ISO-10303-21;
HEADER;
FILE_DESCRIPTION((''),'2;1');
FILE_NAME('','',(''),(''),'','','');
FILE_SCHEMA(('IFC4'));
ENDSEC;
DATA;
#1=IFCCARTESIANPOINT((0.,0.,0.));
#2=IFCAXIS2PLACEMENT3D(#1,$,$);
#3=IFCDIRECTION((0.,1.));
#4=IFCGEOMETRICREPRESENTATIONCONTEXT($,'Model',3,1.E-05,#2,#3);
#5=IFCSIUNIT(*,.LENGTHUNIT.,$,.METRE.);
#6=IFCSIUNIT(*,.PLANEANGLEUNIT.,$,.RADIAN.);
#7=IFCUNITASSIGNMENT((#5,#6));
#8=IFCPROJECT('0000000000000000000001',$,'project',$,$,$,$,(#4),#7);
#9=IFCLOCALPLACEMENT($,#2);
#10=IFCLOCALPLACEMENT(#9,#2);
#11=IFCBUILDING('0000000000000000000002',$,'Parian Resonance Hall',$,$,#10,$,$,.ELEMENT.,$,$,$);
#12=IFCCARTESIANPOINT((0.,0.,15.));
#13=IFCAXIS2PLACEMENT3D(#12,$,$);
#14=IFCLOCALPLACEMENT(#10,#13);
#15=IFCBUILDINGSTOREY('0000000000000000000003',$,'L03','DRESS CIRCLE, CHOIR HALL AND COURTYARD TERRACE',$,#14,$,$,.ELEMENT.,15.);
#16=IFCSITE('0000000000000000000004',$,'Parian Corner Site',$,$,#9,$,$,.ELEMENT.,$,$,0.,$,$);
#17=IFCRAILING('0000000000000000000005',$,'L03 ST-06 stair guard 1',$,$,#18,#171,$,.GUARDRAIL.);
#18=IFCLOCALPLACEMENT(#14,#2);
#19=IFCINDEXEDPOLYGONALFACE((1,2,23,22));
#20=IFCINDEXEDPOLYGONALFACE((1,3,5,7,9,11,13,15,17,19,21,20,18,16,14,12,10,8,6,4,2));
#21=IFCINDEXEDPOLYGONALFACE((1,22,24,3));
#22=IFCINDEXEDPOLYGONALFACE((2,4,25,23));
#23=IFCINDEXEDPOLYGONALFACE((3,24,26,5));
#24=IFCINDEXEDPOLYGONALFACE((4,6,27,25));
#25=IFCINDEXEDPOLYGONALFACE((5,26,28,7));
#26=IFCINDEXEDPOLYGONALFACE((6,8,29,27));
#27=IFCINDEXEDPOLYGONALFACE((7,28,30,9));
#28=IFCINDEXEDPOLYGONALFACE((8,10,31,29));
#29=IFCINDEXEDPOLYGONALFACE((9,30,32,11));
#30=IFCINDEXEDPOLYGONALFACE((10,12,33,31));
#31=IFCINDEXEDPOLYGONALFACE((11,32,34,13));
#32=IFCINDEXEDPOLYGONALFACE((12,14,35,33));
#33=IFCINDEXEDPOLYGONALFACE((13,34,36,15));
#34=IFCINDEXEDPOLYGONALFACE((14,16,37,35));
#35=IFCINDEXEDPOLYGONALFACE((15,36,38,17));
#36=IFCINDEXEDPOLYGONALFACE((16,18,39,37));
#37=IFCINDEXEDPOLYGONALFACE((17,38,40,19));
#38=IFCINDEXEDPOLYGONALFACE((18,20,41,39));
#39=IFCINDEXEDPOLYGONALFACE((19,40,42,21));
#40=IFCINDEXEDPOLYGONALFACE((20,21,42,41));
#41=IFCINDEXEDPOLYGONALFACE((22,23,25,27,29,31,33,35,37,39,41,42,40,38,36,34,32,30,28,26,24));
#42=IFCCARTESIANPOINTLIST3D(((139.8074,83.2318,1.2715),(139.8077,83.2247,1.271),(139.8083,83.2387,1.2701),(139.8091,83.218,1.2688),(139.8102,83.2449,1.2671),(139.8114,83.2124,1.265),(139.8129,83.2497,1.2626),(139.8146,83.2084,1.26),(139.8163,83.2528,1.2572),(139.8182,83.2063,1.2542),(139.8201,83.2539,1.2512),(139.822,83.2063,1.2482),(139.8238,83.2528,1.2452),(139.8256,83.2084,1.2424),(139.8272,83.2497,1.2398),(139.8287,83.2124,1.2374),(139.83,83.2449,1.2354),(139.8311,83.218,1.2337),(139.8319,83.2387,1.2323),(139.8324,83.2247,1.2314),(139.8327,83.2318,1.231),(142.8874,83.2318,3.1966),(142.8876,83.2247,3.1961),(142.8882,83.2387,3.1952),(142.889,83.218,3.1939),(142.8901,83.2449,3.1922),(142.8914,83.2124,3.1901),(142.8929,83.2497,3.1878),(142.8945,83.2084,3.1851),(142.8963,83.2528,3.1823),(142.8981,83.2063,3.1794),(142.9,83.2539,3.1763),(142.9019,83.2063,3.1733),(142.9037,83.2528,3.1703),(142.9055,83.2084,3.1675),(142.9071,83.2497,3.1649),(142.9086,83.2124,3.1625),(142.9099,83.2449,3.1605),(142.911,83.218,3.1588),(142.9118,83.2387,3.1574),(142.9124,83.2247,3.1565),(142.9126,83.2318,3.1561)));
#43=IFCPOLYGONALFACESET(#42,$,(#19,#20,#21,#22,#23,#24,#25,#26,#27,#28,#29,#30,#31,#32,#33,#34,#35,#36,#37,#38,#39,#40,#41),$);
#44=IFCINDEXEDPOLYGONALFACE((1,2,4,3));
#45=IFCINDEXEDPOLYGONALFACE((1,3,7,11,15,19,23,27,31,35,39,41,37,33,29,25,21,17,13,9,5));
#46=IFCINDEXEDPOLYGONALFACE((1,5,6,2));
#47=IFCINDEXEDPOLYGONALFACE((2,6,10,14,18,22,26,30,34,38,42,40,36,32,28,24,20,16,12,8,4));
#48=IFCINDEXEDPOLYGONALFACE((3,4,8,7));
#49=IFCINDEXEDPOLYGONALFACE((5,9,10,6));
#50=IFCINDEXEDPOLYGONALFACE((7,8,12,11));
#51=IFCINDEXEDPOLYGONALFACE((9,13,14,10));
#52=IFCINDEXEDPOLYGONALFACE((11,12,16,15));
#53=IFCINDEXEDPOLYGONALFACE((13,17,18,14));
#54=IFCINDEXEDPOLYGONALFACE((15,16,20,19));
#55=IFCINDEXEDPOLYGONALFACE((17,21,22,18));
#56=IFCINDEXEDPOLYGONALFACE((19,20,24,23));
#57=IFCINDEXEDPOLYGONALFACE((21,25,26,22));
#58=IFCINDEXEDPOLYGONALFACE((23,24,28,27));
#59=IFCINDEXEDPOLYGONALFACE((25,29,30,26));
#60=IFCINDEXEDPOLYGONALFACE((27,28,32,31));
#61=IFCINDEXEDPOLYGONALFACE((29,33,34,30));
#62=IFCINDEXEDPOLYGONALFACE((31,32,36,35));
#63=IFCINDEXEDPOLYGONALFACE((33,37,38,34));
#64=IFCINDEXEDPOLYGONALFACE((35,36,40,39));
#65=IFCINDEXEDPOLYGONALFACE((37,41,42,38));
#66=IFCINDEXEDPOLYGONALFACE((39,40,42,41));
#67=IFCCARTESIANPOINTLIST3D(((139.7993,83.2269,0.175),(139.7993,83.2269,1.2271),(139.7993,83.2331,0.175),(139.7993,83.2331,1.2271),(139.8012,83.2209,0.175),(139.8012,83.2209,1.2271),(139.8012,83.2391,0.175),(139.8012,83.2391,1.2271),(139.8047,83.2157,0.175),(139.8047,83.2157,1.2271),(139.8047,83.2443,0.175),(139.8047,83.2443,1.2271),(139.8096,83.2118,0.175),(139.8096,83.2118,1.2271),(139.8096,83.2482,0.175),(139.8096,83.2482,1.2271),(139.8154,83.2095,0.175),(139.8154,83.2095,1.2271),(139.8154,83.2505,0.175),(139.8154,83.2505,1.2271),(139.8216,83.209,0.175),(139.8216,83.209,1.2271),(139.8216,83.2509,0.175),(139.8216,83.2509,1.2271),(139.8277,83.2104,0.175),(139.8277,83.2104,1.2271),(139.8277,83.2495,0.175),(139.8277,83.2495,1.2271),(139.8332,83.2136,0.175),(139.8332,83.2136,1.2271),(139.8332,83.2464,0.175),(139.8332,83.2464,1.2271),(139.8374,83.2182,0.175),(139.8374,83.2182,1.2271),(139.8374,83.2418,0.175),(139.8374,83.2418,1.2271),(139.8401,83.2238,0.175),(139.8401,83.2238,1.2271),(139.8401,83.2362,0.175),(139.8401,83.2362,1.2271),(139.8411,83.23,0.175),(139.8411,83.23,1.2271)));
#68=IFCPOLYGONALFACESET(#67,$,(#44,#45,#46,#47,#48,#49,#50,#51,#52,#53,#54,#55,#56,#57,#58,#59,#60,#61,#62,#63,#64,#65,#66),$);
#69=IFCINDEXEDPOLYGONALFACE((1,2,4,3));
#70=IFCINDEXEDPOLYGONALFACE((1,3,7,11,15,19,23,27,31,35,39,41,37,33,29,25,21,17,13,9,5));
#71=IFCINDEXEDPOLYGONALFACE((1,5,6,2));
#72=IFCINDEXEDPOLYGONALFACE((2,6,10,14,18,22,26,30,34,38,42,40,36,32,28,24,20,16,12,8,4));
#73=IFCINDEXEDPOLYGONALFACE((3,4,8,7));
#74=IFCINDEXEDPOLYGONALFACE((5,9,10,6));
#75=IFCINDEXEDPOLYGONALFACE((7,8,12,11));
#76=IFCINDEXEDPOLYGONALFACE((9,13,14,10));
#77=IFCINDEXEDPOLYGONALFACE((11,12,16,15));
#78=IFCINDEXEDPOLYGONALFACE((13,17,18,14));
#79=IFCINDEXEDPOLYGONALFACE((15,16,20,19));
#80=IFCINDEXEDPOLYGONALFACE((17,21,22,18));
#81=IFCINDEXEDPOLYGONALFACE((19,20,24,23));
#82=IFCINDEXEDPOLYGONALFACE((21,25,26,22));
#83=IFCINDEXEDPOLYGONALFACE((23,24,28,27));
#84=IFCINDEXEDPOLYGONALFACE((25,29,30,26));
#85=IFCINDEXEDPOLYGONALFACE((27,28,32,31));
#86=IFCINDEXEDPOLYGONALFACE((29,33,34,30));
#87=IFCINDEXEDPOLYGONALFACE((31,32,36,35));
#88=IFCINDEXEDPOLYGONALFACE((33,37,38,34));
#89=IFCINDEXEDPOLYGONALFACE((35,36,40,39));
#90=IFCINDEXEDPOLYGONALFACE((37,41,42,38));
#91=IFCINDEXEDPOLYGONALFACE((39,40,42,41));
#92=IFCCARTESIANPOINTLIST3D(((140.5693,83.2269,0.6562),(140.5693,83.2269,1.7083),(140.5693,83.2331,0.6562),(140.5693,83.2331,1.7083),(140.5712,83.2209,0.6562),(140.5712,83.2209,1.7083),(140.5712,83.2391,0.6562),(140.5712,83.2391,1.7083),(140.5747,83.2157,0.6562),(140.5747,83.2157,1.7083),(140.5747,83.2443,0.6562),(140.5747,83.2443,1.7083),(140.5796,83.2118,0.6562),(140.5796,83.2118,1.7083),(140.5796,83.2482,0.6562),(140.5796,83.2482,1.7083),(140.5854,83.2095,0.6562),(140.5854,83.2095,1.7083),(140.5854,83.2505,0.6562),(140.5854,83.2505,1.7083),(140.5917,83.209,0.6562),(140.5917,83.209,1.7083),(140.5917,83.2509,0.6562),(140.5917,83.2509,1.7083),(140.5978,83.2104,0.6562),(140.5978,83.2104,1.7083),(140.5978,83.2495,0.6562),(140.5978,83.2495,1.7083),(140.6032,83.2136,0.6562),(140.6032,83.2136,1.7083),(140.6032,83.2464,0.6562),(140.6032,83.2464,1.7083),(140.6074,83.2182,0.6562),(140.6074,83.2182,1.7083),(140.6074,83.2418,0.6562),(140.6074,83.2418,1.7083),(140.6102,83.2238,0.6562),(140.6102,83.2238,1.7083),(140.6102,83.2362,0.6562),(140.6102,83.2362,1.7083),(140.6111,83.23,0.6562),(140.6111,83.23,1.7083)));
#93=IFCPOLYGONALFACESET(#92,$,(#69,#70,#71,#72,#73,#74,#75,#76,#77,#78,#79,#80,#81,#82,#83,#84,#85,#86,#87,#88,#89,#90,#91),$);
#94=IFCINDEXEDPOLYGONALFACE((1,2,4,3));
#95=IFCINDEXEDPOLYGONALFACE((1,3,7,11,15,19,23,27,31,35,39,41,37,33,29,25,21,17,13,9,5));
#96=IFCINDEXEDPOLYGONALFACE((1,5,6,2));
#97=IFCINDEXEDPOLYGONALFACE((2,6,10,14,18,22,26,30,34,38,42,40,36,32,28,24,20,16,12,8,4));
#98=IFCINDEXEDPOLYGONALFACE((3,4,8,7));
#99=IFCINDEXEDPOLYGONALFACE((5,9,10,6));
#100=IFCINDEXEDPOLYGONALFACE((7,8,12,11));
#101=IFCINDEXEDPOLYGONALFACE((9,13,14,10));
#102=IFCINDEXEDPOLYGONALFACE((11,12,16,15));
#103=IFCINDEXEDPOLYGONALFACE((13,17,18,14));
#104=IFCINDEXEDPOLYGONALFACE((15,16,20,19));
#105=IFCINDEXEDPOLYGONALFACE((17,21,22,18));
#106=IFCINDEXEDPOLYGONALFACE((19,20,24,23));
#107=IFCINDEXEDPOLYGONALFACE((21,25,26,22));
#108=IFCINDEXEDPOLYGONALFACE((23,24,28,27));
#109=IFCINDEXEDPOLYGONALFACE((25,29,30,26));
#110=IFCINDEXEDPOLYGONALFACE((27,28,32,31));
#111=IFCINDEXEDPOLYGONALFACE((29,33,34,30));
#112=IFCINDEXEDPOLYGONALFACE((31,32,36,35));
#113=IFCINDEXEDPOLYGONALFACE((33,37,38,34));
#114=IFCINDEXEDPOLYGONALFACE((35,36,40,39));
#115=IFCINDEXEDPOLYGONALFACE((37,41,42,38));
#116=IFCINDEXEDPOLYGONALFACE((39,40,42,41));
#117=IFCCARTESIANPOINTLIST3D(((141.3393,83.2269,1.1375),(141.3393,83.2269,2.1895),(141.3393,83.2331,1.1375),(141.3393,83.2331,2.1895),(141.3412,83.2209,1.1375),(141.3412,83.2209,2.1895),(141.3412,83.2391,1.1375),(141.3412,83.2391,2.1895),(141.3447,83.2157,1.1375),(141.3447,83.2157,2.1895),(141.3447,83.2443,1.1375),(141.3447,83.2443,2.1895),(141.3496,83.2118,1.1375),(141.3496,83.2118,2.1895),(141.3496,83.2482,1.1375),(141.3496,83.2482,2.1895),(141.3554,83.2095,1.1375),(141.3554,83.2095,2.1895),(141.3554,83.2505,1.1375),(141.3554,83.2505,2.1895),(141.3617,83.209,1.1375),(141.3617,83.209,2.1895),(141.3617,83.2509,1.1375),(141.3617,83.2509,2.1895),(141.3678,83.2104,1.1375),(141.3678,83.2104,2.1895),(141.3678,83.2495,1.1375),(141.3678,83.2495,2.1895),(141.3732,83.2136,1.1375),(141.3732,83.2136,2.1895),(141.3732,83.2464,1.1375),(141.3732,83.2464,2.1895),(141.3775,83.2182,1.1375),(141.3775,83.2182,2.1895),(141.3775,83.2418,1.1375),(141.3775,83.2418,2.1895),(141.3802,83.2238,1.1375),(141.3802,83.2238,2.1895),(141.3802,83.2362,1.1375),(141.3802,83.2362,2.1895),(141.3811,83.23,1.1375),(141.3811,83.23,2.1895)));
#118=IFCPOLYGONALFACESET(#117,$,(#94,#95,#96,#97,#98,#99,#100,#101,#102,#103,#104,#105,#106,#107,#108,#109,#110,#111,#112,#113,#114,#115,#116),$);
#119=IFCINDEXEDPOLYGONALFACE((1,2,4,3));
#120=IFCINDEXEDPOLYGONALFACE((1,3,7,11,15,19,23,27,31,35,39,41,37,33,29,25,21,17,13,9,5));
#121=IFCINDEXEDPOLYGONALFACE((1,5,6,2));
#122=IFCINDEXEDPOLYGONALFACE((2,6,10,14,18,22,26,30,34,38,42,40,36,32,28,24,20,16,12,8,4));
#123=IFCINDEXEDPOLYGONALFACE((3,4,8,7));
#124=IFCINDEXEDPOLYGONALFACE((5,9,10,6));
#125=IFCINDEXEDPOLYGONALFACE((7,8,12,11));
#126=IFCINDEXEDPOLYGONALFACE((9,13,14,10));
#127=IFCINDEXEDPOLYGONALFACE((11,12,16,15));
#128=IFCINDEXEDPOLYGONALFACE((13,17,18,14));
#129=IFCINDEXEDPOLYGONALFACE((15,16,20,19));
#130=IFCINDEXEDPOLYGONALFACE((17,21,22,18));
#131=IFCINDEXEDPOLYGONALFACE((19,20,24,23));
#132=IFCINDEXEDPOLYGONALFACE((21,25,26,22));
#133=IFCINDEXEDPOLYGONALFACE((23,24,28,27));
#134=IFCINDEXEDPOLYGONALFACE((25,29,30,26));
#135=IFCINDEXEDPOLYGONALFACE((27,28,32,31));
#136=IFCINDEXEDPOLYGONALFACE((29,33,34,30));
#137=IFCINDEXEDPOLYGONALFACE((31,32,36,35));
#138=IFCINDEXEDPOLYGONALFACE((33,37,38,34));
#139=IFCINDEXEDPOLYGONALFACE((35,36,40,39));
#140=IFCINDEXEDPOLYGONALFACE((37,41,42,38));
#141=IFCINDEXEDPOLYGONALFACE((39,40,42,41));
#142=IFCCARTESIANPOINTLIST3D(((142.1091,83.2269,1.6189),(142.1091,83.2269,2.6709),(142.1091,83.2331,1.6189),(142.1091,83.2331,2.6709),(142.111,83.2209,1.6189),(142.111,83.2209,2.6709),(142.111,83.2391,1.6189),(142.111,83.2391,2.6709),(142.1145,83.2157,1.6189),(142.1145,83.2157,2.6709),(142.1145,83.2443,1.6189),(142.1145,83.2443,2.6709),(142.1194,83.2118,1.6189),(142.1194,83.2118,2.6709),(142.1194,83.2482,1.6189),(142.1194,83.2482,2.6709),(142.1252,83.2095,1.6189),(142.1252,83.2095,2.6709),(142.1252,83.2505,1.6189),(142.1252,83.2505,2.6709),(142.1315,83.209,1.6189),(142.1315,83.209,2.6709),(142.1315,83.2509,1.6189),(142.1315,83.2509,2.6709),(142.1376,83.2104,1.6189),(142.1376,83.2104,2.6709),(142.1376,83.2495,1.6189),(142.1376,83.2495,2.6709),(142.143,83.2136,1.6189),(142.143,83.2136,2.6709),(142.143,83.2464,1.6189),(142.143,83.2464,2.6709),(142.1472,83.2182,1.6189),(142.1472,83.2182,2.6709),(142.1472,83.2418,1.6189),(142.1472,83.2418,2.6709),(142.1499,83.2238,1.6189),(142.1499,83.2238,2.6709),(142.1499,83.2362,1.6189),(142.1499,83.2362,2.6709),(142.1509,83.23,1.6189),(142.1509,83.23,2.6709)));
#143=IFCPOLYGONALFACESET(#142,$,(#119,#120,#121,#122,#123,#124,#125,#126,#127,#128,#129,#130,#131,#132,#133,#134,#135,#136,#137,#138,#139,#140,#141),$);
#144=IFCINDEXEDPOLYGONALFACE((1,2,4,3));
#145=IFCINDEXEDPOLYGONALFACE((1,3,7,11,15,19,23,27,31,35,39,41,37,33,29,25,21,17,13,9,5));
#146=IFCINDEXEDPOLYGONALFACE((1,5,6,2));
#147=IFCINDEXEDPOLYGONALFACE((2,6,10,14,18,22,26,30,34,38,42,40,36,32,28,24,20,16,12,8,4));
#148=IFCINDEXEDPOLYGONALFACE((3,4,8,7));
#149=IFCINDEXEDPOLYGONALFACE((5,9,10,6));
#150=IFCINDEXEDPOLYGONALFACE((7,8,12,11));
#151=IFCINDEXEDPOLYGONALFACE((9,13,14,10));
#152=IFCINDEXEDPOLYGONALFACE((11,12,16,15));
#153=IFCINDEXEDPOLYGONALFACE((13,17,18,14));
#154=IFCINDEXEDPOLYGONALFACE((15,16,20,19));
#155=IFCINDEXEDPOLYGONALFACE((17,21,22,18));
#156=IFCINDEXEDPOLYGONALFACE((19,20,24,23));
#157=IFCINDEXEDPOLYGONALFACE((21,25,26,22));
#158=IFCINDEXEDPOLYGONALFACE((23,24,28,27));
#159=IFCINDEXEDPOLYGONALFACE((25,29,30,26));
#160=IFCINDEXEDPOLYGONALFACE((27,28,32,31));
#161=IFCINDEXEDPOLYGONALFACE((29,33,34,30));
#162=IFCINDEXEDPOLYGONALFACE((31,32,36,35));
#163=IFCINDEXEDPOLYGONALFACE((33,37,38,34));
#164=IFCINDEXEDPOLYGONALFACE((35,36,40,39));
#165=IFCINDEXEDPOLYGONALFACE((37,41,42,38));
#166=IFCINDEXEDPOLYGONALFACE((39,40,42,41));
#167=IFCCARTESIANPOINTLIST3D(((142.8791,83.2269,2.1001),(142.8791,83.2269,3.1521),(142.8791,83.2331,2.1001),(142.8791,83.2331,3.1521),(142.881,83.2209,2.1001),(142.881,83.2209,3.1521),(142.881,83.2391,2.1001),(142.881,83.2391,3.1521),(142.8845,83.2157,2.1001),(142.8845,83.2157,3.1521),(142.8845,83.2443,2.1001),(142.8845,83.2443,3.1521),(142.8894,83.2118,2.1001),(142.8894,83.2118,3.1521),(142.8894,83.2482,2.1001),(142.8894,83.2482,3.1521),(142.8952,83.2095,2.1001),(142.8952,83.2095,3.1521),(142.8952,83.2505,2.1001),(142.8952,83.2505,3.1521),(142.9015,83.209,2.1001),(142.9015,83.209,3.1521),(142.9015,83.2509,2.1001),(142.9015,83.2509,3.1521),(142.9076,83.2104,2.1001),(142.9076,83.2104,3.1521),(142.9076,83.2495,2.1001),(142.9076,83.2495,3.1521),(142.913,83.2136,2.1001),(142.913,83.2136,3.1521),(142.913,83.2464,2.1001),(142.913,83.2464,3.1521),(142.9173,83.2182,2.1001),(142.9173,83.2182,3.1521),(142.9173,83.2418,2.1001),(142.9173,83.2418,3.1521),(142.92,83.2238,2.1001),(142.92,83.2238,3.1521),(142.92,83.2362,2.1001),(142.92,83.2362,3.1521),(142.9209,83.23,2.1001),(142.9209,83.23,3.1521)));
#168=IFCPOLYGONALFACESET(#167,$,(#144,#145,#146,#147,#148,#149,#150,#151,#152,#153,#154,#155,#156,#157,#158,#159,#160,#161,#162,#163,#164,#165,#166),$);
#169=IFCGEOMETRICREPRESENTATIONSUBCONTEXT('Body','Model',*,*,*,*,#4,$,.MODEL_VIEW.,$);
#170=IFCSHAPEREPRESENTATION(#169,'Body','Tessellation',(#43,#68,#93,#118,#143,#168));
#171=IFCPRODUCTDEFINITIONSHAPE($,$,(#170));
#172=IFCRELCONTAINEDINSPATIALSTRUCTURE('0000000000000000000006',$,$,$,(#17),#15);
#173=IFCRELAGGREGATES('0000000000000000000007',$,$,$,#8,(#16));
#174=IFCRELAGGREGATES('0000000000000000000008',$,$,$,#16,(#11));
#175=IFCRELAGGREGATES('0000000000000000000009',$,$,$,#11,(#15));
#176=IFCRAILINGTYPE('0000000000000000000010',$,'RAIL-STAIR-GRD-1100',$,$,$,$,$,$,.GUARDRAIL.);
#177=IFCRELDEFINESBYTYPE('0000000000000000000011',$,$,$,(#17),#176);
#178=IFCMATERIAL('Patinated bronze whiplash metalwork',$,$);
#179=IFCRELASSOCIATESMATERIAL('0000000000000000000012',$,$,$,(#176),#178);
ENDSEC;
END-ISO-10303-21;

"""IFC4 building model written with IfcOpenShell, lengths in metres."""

from ifc_helpers import new_model, si_unit, direction, frame, origin, origin_2d, place, context, subcontext, project, spatial, circle, extrude, material, type_object, element, save


model = new_model("IFC4")

# Units and contexts
model_context = context("Model", 3, precision=1e-05, world=origin(), true_north=direction((0.0, 1.0)))
body_context = subcontext(model_context, "Body", "Model", "MODEL_VIEW")
ifc_project = project(units=[si_unit("LENGTHUNIT", "METRE"), si_unit("PLANEANGLEUNIT", "RADIAN")], contexts=[model_context])

# Site, building, storey
site_placement = place(None, origin())
site = spatial("IfcSite", under=ifc_project, at=site_placement, Name="Parian Corner Site", CompositionType="ELEMENT", RefElevation=0.0)
building_placement = place(site_placement, origin())
building = spatial("IfcBuilding", under=site, at=building_placement, Name="Parian Resonance Hall", CompositionType="ELEMENT")
storey_placement = place(building_placement, frame((0.0, 0.0, 15.0)))
storey = spatial("IfcBuildingStorey", under=building, at=storey_placement, Name="L03", Description="DRESS CIRCLE, CHOIR HALL AND COURTYARD TERRACE", CompositionType="ELEMENT", Elevation=15.0)

# Railing
ifc_material_1 = material(Name="Patinated bronze whiplash metalwork")
railing_type_1 = type_object("IfcRailingType", Name="RAIL-STAIR-GRD-1100", PredefinedType="GUARDRAIL", material=ifc_material_1)
railing_1_placement = place(storey_placement, frame((139.8201, 83.23, 0.175)))
element("IfcRailing", 1, at=railing_1_placement, inside=storey, type_object=railing_type_1, Name="L03 ST-06 stair guard 1", PredefinedType="GUARDRAIL", context=body_context, shape_type="SweptSolid", body=[
    extrude(circle(Radius=0.0239, at=origin_2d()), frame((0.0, 0.0, 1.0762), z_axis=(0.847979, 0.0, 0.530029), x_axis=(0.0, 1.0, 0.0)), (0.0, 0.0, 1.0), 3.6321),
    extrude(circle(Radius=0.021, at=origin_2d()), origin(), (0.0, 0.0, 1.0), 1.052),
    extrude(circle(Radius=0.021, at=origin_2d()), frame((0.77, 0.0, 0.4812)), (0.0, 0.0, 1.0), 1.052),
    extrude(circle(Radius=0.021, at=origin_2d()), frame((1.54, 0.0, 0.9624)), (0.0, 0.0, 1.0), 1.052),
    extrude(circle(Radius=0.021, at=origin_2d()), frame((2.3098, 0.0, 1.4438)), (0.0, 0.0, 1.0), 1.052),
    extrude(circle(Radius=0.021, at=origin_2d()), frame((3.0798, 0.0, 1.925)), (0.0, 0.0, 1.0), 1.052),
])

save(model, "model.ifc")
